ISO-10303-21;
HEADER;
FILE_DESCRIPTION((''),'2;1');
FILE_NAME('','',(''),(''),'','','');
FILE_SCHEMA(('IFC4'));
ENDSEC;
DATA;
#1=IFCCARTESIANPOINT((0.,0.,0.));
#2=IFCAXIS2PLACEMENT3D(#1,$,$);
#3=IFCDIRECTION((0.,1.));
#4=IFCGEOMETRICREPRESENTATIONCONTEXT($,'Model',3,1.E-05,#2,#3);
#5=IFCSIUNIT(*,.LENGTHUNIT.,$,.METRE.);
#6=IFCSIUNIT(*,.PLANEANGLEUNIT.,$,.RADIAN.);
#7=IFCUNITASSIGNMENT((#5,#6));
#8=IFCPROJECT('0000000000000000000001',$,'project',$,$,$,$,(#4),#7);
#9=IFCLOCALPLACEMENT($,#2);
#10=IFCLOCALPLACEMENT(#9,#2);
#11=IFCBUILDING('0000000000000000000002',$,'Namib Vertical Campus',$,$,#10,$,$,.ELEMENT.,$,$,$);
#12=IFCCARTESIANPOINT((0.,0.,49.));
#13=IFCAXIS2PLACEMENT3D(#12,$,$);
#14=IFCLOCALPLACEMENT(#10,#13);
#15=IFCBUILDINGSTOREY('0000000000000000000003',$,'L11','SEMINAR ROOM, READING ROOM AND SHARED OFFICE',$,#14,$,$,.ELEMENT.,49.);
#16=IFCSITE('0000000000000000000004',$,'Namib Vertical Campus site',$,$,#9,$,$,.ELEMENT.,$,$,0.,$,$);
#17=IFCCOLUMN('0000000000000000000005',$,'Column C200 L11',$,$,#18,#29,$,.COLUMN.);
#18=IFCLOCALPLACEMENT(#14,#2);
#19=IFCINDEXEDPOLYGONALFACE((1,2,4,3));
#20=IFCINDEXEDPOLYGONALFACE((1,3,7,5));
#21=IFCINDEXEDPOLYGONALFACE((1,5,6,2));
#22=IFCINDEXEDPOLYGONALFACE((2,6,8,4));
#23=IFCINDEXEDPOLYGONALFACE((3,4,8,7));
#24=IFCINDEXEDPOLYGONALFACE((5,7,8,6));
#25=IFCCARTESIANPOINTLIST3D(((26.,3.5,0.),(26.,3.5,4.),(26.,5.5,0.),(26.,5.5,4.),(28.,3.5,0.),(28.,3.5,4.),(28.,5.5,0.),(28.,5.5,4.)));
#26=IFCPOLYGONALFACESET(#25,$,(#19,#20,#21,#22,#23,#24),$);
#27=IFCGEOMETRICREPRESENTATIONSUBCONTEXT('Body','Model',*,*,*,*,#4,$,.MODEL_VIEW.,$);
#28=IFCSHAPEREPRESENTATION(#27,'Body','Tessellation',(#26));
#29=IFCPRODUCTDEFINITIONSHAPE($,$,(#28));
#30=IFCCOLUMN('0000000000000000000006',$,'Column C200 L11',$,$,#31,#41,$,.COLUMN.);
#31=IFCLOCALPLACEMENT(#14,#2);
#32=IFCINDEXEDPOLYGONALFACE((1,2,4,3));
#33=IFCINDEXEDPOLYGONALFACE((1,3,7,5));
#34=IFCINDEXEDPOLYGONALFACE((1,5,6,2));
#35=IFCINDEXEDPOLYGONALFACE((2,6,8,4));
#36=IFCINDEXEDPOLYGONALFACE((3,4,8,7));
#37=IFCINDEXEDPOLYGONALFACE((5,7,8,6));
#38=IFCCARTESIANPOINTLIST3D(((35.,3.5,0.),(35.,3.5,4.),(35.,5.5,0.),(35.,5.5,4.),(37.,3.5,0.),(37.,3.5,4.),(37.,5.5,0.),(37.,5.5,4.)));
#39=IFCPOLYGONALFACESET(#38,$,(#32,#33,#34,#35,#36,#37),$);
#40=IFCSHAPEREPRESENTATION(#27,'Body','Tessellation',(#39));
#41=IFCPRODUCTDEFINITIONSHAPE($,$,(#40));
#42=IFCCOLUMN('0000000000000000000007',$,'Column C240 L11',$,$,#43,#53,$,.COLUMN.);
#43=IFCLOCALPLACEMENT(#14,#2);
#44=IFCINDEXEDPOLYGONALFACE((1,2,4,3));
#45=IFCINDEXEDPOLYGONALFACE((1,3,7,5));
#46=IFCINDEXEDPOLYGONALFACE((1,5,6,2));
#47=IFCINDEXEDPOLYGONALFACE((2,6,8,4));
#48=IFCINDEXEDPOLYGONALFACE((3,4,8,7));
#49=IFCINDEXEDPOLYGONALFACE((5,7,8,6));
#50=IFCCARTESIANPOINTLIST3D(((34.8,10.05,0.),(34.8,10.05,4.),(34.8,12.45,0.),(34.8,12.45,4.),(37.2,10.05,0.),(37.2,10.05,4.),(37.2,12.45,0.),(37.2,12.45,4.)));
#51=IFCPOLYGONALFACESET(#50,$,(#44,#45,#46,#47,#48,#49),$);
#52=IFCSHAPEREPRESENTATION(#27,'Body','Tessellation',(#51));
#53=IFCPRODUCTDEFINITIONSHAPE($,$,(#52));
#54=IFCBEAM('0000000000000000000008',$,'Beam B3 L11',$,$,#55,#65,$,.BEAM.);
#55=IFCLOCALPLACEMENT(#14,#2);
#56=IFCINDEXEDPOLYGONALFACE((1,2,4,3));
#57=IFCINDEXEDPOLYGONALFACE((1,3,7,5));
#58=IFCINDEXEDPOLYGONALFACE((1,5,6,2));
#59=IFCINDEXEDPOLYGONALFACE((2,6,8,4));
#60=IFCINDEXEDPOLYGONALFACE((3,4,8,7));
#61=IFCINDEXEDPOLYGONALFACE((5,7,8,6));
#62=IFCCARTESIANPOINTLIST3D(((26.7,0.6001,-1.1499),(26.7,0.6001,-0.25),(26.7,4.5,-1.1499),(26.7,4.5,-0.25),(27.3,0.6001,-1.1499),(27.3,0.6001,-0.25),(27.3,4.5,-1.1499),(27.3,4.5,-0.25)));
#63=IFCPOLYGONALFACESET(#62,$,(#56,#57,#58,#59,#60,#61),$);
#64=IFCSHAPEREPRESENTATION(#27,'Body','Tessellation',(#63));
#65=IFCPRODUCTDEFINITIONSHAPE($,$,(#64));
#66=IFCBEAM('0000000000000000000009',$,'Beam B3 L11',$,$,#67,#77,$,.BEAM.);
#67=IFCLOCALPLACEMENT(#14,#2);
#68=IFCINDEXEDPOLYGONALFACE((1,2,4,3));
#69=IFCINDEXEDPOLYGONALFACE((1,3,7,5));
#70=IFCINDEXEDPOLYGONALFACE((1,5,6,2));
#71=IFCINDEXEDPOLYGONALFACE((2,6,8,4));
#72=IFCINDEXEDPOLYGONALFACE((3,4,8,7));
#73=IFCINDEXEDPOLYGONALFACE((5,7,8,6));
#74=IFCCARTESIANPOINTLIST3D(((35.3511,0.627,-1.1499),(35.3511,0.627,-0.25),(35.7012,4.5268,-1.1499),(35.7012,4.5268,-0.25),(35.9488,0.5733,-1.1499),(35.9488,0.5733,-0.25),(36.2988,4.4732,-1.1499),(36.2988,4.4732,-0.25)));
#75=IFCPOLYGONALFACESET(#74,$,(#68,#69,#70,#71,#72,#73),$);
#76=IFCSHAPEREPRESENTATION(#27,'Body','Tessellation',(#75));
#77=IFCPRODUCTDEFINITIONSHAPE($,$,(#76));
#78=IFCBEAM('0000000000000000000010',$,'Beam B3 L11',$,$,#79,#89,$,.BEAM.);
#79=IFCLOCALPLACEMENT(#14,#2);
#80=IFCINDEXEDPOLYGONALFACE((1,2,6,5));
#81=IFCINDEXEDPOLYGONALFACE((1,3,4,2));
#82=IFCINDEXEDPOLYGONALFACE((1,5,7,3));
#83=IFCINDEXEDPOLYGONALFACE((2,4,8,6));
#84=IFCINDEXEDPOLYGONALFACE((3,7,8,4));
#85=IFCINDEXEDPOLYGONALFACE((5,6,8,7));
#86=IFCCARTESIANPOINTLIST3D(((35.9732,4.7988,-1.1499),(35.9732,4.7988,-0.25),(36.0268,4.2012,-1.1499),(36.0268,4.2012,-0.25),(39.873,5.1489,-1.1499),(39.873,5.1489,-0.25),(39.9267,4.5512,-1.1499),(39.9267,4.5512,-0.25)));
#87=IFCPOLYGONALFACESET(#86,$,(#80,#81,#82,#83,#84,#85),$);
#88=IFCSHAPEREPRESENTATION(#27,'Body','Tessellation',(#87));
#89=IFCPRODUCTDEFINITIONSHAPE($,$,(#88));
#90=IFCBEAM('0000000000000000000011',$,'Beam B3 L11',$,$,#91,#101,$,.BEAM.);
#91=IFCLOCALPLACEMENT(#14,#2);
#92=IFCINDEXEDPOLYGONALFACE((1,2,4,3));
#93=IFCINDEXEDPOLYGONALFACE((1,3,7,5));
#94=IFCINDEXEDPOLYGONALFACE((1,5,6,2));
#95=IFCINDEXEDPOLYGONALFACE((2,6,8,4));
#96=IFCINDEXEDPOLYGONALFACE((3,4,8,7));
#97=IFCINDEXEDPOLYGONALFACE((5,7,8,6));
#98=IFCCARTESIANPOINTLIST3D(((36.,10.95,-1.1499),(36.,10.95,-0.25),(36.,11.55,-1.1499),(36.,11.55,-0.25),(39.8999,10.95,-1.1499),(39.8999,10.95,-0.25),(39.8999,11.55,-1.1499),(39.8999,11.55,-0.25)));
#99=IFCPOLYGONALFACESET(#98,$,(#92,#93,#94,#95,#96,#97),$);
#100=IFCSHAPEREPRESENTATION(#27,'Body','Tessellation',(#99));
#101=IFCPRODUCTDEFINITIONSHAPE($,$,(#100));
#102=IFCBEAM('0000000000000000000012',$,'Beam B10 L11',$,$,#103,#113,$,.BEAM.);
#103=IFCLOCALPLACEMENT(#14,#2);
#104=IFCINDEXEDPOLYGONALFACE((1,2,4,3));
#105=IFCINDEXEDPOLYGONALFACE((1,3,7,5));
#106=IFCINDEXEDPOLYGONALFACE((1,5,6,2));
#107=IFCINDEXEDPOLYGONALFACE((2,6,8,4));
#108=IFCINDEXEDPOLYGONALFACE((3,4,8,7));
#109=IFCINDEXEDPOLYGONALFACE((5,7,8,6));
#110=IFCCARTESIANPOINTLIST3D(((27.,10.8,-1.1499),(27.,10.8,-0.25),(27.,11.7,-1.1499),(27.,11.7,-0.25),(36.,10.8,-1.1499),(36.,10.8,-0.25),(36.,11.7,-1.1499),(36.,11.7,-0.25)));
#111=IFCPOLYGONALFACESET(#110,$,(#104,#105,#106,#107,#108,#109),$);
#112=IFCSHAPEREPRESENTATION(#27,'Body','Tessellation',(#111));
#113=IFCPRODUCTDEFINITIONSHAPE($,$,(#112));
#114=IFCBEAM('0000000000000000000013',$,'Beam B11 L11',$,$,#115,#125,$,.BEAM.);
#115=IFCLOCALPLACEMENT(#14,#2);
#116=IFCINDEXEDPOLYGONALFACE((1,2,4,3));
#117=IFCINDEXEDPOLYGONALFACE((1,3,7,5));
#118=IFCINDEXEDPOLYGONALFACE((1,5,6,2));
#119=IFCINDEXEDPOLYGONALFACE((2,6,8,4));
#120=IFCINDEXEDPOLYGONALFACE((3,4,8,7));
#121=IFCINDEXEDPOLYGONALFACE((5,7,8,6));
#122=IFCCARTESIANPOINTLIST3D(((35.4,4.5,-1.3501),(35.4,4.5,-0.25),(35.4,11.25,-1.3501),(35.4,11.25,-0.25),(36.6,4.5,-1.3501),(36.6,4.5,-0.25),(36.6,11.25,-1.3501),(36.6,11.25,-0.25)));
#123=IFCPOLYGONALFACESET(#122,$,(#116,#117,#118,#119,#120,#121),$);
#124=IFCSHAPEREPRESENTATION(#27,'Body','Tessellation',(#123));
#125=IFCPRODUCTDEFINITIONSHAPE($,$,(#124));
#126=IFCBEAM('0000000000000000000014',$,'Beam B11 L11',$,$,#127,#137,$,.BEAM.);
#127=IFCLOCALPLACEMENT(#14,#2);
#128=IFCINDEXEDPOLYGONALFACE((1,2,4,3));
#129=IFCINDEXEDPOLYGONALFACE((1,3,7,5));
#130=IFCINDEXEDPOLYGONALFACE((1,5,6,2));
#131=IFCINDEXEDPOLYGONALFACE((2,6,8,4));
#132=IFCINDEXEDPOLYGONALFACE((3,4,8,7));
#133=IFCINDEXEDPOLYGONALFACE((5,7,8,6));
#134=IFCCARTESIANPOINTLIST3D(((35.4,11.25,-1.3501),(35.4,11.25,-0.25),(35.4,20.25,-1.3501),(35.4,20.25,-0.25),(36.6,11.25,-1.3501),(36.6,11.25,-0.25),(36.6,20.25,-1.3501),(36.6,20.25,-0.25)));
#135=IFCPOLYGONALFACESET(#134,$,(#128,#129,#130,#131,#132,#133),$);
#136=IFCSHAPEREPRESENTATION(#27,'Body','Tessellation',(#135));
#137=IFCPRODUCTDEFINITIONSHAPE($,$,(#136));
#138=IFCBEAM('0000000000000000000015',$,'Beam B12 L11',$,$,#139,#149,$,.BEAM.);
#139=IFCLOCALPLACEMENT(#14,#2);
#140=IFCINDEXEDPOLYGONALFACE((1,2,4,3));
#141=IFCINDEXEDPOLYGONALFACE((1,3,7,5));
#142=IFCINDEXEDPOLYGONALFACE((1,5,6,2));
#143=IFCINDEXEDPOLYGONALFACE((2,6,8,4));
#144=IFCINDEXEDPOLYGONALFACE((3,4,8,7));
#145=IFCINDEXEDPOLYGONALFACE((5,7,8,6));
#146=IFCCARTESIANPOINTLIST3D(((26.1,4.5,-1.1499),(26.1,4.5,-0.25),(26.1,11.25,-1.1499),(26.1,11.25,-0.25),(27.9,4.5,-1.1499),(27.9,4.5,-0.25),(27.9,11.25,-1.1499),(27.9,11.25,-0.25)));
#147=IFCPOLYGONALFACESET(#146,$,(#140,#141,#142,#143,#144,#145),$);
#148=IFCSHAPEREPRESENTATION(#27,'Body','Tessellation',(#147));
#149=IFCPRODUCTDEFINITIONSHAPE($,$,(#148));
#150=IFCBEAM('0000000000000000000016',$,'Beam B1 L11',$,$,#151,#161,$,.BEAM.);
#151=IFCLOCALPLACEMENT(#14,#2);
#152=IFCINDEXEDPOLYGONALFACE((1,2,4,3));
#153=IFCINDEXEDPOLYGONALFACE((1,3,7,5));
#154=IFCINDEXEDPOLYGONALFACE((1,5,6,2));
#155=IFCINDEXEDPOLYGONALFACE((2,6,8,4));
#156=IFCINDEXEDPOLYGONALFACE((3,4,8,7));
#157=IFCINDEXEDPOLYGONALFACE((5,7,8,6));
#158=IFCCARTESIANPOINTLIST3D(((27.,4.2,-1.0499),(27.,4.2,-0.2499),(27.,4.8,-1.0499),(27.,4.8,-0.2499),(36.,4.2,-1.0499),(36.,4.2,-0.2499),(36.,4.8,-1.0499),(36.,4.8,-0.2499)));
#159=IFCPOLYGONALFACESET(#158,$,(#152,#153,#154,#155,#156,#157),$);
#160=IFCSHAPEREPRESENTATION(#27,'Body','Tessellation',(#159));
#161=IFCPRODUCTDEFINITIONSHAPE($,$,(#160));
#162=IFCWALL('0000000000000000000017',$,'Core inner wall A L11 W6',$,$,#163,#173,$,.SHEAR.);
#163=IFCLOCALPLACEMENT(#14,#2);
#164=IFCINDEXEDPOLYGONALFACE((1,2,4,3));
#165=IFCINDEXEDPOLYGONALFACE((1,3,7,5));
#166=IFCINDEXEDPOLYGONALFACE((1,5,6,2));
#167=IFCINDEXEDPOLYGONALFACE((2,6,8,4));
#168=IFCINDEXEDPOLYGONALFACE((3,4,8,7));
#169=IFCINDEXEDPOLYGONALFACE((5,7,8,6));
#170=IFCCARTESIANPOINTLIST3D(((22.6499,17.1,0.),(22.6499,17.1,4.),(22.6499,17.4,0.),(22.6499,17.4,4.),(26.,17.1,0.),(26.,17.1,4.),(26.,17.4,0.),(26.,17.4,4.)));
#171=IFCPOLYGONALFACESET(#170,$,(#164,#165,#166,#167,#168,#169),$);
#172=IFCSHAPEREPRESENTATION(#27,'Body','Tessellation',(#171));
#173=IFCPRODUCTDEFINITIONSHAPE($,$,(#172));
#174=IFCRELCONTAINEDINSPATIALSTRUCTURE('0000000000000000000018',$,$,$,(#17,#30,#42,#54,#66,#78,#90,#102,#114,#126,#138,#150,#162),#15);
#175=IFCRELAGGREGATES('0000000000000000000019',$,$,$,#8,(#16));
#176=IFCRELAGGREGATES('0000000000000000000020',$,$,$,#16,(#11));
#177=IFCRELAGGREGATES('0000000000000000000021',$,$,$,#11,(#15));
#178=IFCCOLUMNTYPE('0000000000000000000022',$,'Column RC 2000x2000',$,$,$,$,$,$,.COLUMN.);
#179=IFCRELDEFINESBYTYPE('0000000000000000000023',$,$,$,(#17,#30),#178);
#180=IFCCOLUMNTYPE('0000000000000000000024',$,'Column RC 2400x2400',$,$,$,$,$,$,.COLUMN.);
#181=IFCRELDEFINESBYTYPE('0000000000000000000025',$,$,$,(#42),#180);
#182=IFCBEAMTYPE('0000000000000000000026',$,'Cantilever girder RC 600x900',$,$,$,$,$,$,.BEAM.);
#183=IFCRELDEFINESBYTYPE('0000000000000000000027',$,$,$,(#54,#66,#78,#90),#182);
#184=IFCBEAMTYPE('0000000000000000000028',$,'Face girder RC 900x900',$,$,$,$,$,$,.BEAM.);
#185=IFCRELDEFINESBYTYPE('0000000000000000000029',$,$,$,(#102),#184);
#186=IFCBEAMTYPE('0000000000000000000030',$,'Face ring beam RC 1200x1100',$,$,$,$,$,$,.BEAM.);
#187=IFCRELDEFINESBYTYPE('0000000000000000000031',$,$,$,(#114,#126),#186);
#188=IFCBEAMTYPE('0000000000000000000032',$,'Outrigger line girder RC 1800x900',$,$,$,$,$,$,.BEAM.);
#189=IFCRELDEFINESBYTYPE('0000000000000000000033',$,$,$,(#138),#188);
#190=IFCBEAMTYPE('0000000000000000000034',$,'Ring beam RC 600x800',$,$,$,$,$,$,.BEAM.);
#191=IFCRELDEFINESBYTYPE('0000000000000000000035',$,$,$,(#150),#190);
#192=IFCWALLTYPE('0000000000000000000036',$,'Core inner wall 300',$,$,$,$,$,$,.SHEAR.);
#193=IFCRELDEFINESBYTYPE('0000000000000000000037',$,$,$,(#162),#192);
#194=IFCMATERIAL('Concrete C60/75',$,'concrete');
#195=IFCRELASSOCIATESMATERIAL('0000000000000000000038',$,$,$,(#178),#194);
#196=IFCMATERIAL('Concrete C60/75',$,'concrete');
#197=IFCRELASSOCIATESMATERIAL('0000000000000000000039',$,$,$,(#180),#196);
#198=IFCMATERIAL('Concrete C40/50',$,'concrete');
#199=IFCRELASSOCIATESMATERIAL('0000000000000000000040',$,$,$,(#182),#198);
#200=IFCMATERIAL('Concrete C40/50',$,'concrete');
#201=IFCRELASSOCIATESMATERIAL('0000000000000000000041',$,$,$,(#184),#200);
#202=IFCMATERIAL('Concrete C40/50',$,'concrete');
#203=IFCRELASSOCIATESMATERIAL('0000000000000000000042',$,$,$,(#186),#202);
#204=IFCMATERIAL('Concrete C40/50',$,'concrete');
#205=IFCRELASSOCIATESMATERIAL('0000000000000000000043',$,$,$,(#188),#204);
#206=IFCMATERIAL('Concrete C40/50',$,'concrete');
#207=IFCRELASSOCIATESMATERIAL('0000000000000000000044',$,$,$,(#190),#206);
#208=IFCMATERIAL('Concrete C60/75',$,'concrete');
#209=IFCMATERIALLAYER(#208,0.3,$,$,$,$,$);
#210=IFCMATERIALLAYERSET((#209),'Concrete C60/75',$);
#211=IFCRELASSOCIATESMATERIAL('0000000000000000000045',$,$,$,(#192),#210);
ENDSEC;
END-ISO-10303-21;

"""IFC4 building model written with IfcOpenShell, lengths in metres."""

from ifc_helpers import new_model, si_unit, direction, frame, frame_2d, origin, origin_2d, place, context, subcontext, project, spatial, rectangle, extrude, material, layer, layer_set, material_profile, profile_set, type_object, element, save


model = new_model("IFC4")

# Units and contexts
model_context = context("Model", 3, precision=1e-05, world=origin(), true_north=direction((0.0, 1.0)))
body_context = subcontext(model_context, "Body", "Model", "MODEL_VIEW")
ifc_project = project(units=[si_unit("LENGTHUNIT", "METRE"), si_unit("PLANEANGLEUNIT", "RADIAN")], contexts=[model_context])

# Site, building, storey
site_placement = place(None, origin())
site = spatial("IfcSite", under=ifc_project, at=site_placement, Name="Namib Vertical Campus site", CompositionType="ELEMENT", RefElevation=0.0)
building_placement = place(site_placement, origin())
building = spatial("IfcBuilding", under=site, at=building_placement, Name="Namib Vertical Campus", CompositionType="ELEMENT")
storey_placement = place(building_placement, frame((0.0, 0.0, 49.0)))
storey = spatial("IfcBuildingStorey", under=building, at=storey_placement, Name="L11", Description="SEMINAR ROOM, READING ROOM AND SHARED OFFICE", CompositionType="ELEMENT", Elevation=49.0)

# Columns
ifc_material_1 = material(Name="Concrete C60/75", Category="concrete")
ifc_material_profile_1 = material_profile(ifc_material_1, rectangle(XDim=2.0, YDim=2.0, at=origin_2d()))
ifc_profile_set_1 = profile_set([ifc_material_profile_1], Name="Concrete C60/75")
column_type_1 = type_object("IfcColumnType", Name="Column RC 2000x2000", PredefinedType="COLUMN", material=ifc_profile_set_1)
for number, where, z_axis, x_axis, name in (
    (1, (27.0, 4.5, 0.0), (0.0, 0.0, 1.0), (1.0, 0.0, 0.0), "Column C200 L11"),
    (2, (36.0, 4.5, 0.0), (0.0, 0.0, 1.0), (1.0, 0.0, 0.0), "Column C200 L11"),
):
    element("IfcColumn", number, at=place(storey_placement, frame(where, z_axis=z_axis, x_axis=x_axis)), inside=storey, type_object=column_type_1, Name=name, PredefinedType="COLUMN", context=body_context, shape_type="SweptSolid", body=[
        extrude(rectangle(XDim=2.0, YDim=2.0, at=origin_2d()), origin(), (0.0, 0.0, 1.0), 4.0),
    ])
ifc_material_2 = material(Name="Concrete C60/75", Category="concrete")
ifc_material_profile_2 = material_profile(ifc_material_2, rectangle(XDim=2.3999, YDim=2.3999, at=origin_2d()))
ifc_profile_set_2 = profile_set([ifc_material_profile_2], Name="Concrete C60/75")
column_type_2 = type_object("IfcColumnType", Name="Column RC 2400x2400", PredefinedType="COLUMN", material=ifc_profile_set_2)
column_placement = place(storey_placement, frame((36.0, 11.25, 0.0), z_axis=(0.0, 0.0, 1.0), x_axis=(1.0, 0.0, 0.0)))
element("IfcColumn", 3, at=column_placement, inside=storey, type_object=column_type_2, Name="Column C240 L11", PredefinedType="COLUMN", context=body_context, shape_type="SweptSolid", body=[
    extrude(rectangle(XDim=2.3999, YDim=2.3999, at=origin_2d()), origin(), (0.0, 0.0, 1.0), 4.0),
])

# Beams
ifc_material_3 = material(Name="Concrete C40/50", Category="concrete")
ifc_material_profile_3 = material_profile(ifc_material_3, rectangle(XDim=0.6001, YDim=0.8999, at=origin_2d()))
ifc_profile_set_3 = profile_set([ifc_material_profile_3], Name="Concrete C40/50")
beam_type_1 = type_object("IfcBeamType", Name="Cantilever girder RC 600x900", PredefinedType="BEAM", material=ifc_profile_set_3)
beam_1_placement = place(storey_placement, frame((27.0, 4.5, -0.7), z_axis=(0.0, -1.0, 0.0), x_axis=(1.0, 0.0, 0.0)))
element("IfcBeam", 4, at=beam_1_placement, inside=storey, type_object=beam_type_1, Name="Beam B3 L11", PredefinedType="BEAM", context=body_context, shape_type="SweptSolid", body=[
    extrude(rectangle(XDim=0.6001, YDim=0.8999, at=origin_2d()), origin(), (0.0, 0.0, 1.0), 3.8999),
])
for number, where, z_axis, x_axis, name in (
    (5, (36.0, 4.5, -0.7), (-0.089411, -0.995995, 0.0), (0.995995, -0.089411, 0.0), "Beam B3 L11"),
    (6, (36.0, 4.5, -0.7), (0.995995, 0.089411, 0.0), (-0.089411, 0.995995, 0.0), "Beam B3 L11"),
):
    element("IfcBeam", number, at=place(storey_placement, frame(where, z_axis=z_axis, x_axis=x_axis)), inside=storey, type_object=beam_type_1, Name=name, PredefinedType="BEAM", context=body_context, shape_type="SweptSolid", body=[
        extrude(rectangle(XDim=0.6001, YDim=0.8999, at=origin_2d()), origin(), (0.0, 0.0, 1.0), 3.9155),
    ])
beam_2_placement = place(storey_placement, frame((36.0, 11.25, -0.7), z_axis=(1.0, 0.0, 0.0), x_axis=(0.0, 1.0, 0.0)))
element("IfcBeam", 7, at=beam_2_placement, inside=storey, type_object=beam_type_1, Name="Beam B3 L11", PredefinedType="BEAM", context=body_context, shape_type="SweptSolid", body=[
    extrude(rectangle(XDim=0.6001, YDim=0.8999, at=origin_2d()), origin(), (0.0, 0.0, 1.0), 3.8999),
])
ifc_material_4 = material(Name="Concrete C40/50", Category="concrete")
ifc_material_profile_4 = material_profile(ifc_material_4, rectangle(XDim=0.8999, YDim=0.8999, at=origin_2d()))
ifc_profile_set_4 = profile_set([ifc_material_profile_4], Name="Concrete C40/50")
beam_type_2 = type_object("IfcBeamType", Name="Face girder RC 900x900", PredefinedType="BEAM", material=ifc_profile_set_4)
beam_3_placement = place(storey_placement, frame((36.0, 11.25, -0.7), z_axis=(-1.0, 0.0, 0.0), x_axis=(0.0, -1.0, 0.0)))
element("IfcBeam", 8, at=beam_3_placement, inside=storey, type_object=beam_type_2, Name="Beam B10 L11", PredefinedType="BEAM", context=body_context, shape_type="SweptSolid", body=[
    extrude(rectangle(XDim=0.8999, YDim=0.8999, at=origin_2d()), origin(), (0.0, 0.0, 1.0), 9.0),
])
ifc_material_5 = material(Name="Concrete C40/50", Category="concrete")
ifc_material_profile_5 = material_profile(ifc_material_5, rectangle(XDim=1.2, YDim=1.1001, at=origin_2d()))
ifc_profile_set_5 = profile_set([ifc_material_profile_5], Name="Concrete C40/50")
beam_type_3 = type_object("IfcBeamType", Name="Face ring beam RC 1200x1100", PredefinedType="BEAM", material=ifc_profile_set_5)
beam_4_placement = place(storey_placement, frame((36.0, 4.5, -0.8), z_axis=(0.0, 1.0, 0.0), x_axis=(-1.0, 0.0, 0.0)))
element("IfcBeam", 9, at=beam_4_placement, inside=storey, type_object=beam_type_3, Name="Beam B11 L11", PredefinedType="BEAM", context=body_context, shape_type="SweptSolid", body=[
    extrude(rectangle(XDim=1.2, YDim=1.1001, at=origin_2d()), origin(), (0.0, 0.0, 1.0), 6.75),
])
beam_5_placement = place(storey_placement, frame((36.0, 11.25, -0.8), z_axis=(0.0, 1.0, 0.0), x_axis=(-1.0, 0.0, 0.0)))
element("IfcBeam", 10, at=beam_5_placement, inside=storey, type_object=beam_type_3, Name="Beam B11 L11", PredefinedType="BEAM", context=body_context, shape_type="SweptSolid", body=[
    extrude(rectangle(XDim=1.2, YDim=1.1001, at=origin_2d()), origin(), (0.0, 0.0, 1.0), 9.0),
])
ifc_material_6 = material(Name="Concrete C40/50", Category="concrete")
ifc_material_profile_6 = material_profile(ifc_material_6, rectangle(XDim=1.8, YDim=0.8999, at=origin_2d()))
ifc_profile_set_6 = profile_set([ifc_material_profile_6], Name="Concrete C40/50")
beam_type_4 = type_object("IfcBeamType", Name="Outrigger line girder RC 1800x900", PredefinedType="BEAM", material=ifc_profile_set_6)
beam_6_placement = place(storey_placement, frame((27.0, 4.5, -0.7), z_axis=(0.0, 1.0, 0.0), x_axis=(-1.0, 0.0, 0.0)))
element("IfcBeam", 11, at=beam_6_placement, inside=storey, type_object=beam_type_4, Name="Beam B12 L11", PredefinedType="BEAM", context=body_context, shape_type="SweptSolid", body=[
    extrude(rectangle(XDim=1.8, YDim=0.8999, at=origin_2d()), origin(), (0.0, 0.0, 1.0), 6.75),
])
ifc_material_7 = material(Name="Concrete C40/50", Category="concrete")
ifc_material_profile_7 = material_profile(ifc_material_7, rectangle(XDim=0.6001, YDim=0.8, at=origin_2d()))
ifc_profile_set_7 = profile_set([ifc_material_profile_7], Name="Concrete C40/50")
beam_type_5 = type_object("IfcBeamType", Name="Ring beam RC 600x800", PredefinedType="BEAM", material=ifc_profile_set_7)
beam_7_placement = place(storey_placement, frame((27.0, 4.5, -0.6499), z_axis=(1.0, 0.0, 0.0), x_axis=(0.0, 1.0, 0.0)))
element("IfcBeam", 12, at=beam_7_placement, inside=storey, type_object=beam_type_5, Name="Beam B1 L11", PredefinedType="BEAM", context=body_context, shape_type="SweptSolid", body=[
    extrude(rectangle(XDim=0.6001, YDim=0.8, at=origin_2d()), origin(), (0.0, 0.0, 1.0), 9.0),
])

# Wall
ifc_material_8 = material(Name="Concrete C60/75", Category="concrete")
ifc_layer_1 = layer(ifc_material_8, 0.3)
ifc_layer_set_1 = layer_set([ifc_layer_1], Name="Concrete C60/75")
wall_type_1 = type_object("IfcWallType", Name="Core inner wall 300", PredefinedType="SHEAR", material=ifc_layer_set_1)
wall_1_placement = place(storey_placement, frame((22.6499, 17.25, 0.0), z_axis=(0.0, 0.0, 1.0), x_axis=(1.0, 0.0, 0.0)))
element("IfcWall", 13, at=wall_1_placement, inside=storey, type_object=wall_type_1, Name="Core inner wall A L11 W6", PredefinedType="SHEAR", context=body_context, shape_type="SweptSolid", body=[
    extrude(rectangle(XDim=3.3501, YDim=0.3, at=frame_2d((1.675, 0.0))), origin(), (0.0, 0.0, 1.0), 4.0),
])

save(model, "model.ifc")
